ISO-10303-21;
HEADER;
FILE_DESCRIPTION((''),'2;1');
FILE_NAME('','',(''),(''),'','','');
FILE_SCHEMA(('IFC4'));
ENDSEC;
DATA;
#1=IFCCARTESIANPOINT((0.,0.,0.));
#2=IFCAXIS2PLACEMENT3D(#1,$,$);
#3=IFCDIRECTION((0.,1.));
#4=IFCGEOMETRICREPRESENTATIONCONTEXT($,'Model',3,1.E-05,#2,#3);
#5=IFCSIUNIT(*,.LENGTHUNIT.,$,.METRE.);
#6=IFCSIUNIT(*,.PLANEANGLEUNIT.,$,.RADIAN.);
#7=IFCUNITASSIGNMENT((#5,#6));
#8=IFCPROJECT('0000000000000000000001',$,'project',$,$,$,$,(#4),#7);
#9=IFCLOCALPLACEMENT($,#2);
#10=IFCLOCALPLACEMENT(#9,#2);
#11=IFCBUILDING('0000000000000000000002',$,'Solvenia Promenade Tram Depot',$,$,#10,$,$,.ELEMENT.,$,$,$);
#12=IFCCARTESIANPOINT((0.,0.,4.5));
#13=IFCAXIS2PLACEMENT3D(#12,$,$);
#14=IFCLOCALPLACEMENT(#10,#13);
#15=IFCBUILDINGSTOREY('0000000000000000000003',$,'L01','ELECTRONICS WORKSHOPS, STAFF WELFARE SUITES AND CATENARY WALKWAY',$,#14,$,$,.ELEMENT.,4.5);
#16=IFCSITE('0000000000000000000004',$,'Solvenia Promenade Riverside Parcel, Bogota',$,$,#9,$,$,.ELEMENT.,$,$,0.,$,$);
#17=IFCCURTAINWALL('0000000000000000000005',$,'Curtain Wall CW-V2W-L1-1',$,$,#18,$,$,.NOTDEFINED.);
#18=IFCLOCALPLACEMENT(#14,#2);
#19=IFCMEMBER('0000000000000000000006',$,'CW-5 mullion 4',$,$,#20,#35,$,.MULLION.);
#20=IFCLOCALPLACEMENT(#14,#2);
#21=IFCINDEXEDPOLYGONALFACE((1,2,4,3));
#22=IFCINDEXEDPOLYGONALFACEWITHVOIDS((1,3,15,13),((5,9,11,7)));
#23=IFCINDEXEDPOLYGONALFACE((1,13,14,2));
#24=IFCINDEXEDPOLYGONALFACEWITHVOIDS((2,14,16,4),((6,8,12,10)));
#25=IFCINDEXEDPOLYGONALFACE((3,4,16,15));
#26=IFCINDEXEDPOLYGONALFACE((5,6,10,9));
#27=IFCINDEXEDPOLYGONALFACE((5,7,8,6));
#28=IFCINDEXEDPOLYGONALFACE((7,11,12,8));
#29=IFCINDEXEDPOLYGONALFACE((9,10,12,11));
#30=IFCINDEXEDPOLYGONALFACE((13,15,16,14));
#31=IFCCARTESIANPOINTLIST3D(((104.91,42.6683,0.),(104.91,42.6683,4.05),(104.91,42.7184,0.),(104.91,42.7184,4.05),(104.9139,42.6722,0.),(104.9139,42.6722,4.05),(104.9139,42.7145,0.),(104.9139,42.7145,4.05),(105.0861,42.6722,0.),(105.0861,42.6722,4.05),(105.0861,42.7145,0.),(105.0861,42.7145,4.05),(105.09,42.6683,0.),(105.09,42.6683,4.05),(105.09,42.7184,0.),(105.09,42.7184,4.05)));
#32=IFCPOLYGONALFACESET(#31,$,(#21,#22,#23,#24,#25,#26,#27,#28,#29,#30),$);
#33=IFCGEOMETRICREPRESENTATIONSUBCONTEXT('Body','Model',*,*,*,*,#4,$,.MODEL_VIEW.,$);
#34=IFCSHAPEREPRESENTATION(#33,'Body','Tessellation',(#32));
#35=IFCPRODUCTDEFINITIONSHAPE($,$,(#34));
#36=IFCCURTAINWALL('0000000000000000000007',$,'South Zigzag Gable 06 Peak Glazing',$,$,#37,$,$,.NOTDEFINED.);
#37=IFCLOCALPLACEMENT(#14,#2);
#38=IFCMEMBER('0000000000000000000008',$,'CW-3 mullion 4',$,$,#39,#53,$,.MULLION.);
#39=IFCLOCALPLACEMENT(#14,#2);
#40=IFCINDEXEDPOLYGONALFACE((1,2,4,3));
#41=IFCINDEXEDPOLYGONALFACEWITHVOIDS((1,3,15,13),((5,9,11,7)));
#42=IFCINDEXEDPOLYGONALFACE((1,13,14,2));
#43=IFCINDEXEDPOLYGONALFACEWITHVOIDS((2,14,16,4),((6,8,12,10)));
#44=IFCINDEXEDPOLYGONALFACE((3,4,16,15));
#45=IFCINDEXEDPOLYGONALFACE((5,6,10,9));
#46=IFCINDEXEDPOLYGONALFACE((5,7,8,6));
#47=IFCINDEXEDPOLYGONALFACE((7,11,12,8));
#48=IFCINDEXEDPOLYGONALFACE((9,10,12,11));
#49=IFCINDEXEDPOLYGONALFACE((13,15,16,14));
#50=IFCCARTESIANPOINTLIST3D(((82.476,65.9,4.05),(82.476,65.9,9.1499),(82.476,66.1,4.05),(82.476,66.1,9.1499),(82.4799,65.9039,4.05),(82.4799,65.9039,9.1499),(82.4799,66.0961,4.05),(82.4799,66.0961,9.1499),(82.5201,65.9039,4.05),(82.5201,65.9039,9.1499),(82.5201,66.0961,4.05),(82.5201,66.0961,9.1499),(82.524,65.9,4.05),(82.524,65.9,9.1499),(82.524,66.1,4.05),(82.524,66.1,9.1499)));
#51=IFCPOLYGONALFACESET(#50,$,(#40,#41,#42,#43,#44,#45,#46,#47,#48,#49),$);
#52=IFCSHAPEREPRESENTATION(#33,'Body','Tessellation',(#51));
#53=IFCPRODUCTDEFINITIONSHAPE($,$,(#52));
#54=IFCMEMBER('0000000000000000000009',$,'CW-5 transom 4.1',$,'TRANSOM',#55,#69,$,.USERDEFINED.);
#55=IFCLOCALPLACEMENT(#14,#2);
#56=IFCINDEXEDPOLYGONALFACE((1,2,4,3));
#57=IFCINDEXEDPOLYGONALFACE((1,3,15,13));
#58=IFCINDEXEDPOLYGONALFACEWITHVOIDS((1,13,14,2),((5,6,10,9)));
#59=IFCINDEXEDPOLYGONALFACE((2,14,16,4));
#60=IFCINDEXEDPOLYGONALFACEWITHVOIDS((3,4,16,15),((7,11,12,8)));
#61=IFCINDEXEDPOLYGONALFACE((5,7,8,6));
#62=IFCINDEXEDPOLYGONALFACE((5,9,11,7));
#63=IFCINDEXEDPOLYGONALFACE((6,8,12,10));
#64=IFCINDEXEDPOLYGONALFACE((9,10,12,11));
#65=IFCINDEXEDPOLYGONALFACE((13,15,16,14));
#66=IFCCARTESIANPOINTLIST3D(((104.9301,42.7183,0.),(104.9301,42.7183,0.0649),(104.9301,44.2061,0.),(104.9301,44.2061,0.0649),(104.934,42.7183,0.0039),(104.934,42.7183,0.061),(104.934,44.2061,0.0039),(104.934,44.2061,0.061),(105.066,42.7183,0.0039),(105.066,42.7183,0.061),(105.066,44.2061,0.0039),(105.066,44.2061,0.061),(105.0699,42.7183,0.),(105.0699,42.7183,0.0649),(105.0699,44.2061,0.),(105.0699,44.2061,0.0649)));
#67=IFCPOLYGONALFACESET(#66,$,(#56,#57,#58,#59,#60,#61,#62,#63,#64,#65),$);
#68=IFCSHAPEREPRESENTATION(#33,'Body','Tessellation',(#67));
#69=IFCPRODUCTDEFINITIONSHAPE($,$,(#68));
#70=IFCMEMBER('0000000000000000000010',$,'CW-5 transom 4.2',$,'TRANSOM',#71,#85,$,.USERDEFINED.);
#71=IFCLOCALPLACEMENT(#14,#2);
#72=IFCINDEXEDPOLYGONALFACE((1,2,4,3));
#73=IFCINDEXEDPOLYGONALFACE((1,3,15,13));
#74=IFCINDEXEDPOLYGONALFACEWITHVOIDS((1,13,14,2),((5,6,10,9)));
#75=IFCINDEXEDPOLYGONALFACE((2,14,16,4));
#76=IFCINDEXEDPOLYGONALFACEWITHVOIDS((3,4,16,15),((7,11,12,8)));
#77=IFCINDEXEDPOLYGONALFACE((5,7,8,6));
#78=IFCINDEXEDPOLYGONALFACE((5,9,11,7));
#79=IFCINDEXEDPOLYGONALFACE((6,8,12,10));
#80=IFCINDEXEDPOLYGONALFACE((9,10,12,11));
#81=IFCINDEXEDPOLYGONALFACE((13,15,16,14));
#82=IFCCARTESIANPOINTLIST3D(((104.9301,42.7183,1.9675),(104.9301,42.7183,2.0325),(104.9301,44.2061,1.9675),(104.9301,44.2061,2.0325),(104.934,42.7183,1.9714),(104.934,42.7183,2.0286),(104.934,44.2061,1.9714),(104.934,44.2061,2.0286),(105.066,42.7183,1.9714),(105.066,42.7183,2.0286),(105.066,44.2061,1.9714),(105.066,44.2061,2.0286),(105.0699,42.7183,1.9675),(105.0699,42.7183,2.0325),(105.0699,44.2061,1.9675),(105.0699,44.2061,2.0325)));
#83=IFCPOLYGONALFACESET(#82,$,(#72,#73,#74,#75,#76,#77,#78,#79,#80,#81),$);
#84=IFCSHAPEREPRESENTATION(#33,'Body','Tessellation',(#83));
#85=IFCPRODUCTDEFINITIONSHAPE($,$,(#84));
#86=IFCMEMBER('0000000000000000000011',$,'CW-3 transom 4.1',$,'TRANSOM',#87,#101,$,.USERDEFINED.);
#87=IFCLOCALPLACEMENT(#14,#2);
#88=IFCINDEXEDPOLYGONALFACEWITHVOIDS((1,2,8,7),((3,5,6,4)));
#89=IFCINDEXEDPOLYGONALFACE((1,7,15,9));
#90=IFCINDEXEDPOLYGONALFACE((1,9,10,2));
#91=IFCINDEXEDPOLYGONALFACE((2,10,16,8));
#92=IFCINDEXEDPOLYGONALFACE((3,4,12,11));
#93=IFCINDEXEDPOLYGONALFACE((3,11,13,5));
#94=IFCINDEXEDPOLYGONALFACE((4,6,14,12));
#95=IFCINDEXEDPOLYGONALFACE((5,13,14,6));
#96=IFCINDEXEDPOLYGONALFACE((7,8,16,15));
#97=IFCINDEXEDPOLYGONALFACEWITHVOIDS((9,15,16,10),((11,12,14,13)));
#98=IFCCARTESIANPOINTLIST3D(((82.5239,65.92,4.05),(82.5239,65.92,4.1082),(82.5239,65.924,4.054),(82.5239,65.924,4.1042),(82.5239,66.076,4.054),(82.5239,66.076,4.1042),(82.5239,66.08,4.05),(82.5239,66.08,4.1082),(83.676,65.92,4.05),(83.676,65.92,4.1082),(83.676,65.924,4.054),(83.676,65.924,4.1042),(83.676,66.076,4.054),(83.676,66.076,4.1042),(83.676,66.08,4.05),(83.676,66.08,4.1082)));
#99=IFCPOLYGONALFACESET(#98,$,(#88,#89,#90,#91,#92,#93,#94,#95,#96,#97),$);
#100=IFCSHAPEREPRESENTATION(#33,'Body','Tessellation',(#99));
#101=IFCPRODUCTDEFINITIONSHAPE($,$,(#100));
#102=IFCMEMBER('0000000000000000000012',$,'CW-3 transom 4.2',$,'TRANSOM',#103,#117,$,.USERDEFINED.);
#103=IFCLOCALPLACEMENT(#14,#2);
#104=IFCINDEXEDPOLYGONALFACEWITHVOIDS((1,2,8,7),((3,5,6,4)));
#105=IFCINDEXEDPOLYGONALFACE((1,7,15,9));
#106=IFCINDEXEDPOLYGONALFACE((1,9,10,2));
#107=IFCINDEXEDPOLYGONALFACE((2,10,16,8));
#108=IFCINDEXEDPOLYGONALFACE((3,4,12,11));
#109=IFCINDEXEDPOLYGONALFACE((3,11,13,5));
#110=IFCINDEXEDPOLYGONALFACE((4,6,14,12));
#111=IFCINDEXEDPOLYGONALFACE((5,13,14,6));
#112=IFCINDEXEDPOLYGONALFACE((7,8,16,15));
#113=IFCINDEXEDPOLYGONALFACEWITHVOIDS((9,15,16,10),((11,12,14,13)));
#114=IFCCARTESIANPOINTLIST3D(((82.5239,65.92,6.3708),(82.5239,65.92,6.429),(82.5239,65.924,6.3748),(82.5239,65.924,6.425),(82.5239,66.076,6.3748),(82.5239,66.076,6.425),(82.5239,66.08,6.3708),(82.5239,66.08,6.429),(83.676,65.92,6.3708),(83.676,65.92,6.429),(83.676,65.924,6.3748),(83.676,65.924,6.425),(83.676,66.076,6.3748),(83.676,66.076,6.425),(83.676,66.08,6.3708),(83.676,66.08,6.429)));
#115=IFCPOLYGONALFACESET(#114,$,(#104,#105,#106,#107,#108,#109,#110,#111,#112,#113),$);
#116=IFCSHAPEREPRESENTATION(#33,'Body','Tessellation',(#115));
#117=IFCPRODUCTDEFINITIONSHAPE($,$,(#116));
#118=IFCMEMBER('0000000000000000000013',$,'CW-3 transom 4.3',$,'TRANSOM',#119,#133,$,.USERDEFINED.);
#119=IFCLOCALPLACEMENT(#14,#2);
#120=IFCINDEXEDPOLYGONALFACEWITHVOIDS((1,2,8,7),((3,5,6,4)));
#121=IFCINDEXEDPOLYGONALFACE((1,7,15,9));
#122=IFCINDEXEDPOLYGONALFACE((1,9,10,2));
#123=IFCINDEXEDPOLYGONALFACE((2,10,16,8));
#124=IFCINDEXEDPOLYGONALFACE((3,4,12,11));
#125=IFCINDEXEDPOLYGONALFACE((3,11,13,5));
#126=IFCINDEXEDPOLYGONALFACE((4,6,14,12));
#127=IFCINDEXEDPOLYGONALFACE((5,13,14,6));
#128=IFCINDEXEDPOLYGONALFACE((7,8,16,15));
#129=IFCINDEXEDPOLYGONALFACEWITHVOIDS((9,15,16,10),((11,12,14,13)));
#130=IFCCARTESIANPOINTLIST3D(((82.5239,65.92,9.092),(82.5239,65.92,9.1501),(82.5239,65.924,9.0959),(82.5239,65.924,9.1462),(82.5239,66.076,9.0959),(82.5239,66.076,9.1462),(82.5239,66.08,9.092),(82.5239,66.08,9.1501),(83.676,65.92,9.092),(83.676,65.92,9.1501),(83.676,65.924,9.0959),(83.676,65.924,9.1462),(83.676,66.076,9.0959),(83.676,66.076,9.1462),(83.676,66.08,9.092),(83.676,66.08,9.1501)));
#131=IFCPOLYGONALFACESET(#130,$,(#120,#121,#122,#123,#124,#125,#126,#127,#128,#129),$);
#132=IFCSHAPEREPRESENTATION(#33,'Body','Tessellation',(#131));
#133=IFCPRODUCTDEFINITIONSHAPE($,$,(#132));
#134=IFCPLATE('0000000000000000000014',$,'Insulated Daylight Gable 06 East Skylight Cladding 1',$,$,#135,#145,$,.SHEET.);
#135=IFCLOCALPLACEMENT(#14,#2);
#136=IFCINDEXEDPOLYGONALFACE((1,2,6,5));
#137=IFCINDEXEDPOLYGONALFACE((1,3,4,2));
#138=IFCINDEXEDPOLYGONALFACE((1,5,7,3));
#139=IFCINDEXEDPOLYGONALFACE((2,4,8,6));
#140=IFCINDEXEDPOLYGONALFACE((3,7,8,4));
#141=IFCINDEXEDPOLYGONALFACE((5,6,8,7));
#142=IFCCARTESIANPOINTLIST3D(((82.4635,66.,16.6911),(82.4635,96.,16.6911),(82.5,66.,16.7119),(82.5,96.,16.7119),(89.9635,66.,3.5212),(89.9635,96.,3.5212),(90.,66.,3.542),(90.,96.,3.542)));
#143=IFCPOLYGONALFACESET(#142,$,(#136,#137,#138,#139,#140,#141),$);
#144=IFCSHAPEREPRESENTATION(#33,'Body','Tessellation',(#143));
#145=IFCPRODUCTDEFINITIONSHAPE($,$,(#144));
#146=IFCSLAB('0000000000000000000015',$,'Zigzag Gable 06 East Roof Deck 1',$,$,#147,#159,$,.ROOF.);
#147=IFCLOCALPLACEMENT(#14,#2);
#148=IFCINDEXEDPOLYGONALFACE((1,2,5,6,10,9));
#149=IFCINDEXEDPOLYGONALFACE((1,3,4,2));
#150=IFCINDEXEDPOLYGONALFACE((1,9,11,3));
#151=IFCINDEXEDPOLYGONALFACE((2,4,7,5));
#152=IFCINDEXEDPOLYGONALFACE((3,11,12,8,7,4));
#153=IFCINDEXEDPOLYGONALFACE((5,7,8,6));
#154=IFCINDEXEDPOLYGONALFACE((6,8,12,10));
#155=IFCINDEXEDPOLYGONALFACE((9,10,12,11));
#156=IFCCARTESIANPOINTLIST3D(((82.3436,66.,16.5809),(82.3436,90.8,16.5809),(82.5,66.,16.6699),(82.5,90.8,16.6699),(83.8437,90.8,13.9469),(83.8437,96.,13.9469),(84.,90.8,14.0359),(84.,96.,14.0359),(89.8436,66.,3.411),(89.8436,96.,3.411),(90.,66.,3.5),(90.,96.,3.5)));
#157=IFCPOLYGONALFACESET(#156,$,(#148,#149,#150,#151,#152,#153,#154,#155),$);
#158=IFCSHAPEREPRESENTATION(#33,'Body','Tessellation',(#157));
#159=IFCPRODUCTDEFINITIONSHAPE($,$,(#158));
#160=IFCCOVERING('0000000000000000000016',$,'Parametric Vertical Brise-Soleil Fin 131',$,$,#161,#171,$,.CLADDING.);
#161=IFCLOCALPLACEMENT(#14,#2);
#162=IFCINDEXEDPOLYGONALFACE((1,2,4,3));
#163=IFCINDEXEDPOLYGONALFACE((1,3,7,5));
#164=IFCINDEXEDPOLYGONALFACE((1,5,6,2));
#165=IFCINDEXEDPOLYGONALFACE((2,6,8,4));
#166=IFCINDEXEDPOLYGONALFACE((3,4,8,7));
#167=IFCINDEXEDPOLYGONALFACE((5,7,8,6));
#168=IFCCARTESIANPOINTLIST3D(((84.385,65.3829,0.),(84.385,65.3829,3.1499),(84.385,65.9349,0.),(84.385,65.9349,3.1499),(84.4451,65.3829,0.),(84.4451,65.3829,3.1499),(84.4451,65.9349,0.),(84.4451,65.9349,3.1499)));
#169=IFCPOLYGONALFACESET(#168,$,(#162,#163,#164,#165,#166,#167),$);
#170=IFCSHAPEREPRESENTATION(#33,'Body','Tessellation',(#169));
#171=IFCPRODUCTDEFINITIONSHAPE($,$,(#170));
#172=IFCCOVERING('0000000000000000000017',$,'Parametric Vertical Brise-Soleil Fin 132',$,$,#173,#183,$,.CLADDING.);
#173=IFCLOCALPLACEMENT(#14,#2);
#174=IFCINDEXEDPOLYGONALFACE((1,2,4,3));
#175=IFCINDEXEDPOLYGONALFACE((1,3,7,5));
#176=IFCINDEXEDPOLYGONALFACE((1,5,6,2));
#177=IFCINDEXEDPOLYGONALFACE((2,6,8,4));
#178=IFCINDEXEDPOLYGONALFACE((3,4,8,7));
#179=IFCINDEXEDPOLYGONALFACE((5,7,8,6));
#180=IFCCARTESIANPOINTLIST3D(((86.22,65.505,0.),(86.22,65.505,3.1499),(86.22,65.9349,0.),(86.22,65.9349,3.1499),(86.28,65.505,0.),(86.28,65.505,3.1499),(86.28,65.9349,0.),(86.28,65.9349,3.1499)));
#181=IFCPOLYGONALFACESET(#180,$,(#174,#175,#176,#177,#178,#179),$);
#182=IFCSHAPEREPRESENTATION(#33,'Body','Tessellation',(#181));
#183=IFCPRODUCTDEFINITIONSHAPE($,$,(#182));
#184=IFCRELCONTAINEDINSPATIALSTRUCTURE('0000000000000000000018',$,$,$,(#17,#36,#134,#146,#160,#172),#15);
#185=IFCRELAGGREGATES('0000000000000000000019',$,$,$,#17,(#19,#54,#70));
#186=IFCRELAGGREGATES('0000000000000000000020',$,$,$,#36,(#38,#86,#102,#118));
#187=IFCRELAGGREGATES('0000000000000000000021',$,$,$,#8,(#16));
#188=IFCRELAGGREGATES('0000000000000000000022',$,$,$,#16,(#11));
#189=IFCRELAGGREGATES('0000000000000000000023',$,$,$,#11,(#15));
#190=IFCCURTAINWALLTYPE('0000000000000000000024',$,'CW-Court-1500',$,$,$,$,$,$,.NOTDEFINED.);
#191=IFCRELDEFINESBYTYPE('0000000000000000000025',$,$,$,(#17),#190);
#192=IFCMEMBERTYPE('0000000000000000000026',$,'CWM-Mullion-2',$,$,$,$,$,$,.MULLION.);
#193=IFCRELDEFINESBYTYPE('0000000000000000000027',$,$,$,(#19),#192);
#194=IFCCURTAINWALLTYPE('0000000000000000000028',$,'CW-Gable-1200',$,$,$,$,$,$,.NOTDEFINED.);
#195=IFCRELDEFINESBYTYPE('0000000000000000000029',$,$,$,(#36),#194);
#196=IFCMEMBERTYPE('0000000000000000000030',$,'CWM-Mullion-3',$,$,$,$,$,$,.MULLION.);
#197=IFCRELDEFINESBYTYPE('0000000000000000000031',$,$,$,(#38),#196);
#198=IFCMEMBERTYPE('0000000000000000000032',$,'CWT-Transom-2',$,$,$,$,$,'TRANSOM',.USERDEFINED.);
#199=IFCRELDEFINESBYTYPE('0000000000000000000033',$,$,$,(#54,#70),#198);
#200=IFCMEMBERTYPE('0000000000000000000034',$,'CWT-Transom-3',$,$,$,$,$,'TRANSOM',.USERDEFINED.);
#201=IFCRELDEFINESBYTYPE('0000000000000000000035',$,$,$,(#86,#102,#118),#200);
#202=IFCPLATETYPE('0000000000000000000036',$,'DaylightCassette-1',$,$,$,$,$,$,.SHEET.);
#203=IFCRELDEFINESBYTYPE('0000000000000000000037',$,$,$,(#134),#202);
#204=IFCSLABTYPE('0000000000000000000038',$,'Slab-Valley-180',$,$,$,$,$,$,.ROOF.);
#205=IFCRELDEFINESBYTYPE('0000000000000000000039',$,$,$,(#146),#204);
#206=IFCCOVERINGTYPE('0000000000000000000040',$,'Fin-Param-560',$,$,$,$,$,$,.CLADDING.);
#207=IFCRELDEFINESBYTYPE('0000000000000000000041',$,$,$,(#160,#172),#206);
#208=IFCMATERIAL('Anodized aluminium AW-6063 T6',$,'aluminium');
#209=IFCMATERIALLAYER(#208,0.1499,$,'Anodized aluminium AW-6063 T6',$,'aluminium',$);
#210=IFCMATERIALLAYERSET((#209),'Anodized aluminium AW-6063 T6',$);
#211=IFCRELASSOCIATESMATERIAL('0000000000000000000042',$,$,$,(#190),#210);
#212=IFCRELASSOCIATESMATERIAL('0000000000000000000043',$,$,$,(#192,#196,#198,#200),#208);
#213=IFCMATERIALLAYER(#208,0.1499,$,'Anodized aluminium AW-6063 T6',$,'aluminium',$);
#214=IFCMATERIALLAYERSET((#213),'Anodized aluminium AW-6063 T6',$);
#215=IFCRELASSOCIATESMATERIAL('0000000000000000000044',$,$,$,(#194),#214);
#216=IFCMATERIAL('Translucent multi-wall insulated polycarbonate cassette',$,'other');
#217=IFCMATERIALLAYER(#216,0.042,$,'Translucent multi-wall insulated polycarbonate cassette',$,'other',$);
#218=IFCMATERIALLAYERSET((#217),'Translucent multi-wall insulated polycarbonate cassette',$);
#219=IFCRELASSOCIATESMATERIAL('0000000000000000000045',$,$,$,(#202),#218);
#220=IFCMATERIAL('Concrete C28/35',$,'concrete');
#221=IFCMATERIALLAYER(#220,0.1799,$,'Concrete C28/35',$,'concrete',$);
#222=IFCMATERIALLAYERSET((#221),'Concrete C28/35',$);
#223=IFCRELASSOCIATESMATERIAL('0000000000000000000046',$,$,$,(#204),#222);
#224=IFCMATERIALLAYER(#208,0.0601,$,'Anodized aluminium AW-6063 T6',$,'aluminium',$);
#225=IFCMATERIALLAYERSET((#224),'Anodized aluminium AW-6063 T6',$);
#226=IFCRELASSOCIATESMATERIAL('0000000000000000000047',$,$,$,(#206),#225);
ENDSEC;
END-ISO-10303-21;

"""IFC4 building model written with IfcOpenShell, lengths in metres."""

from ifc_helpers import new_model, si_unit, direction, frame, origin, origin_2d, place, context, subcontext, project, spatial, polyline, rectangle, hollow_rectangle, outline, extrude, material, layer, layer_set, material_profile, profile_set, type_object, element, aggregate, save


model = new_model("IFC4")

# Units and contexts
model_context = context("Model", 3, precision=1e-05, world=origin(), true_north=direction((0.0, 1.0)))
body_context = subcontext(model_context, "Body", "Model", "MODEL_VIEW")
ifc_project = project(units=[si_unit("LENGTHUNIT", "METRE"), si_unit("PLANEANGLEUNIT", "RADIAN")], contexts=[model_context])

# Site, building, storey
site_placement = place(None, origin())
site = spatial("IfcSite", under=ifc_project, at=site_placement, Name="Solvenia Promenade Riverside Parcel, Bogota", CompositionType="ELEMENT", RefElevation=0.0)
building_placement = place(site_placement, origin())
building = spatial("IfcBuilding", under=site, at=building_placement, Name="Solvenia Promenade Tram Depot", CompositionType="ELEMENT")
storey_placement = place(building_placement, frame((0.0, 0.0, 4.5)))
storey = spatial("IfcBuildingStorey", under=building, at=storey_placement, Name="L01", Description="ELECTRONICS WORKSHOPS, STAFF WELFARE SUITES AND CATENARY WALKWAY", CompositionType="ELEMENT", Elevation=4.5)

# Curtain walls, members
ifc_material_1 = material(Name="Anodized aluminium AW-6063 T6", Category="aluminium")
ifc_layer_1 = layer(ifc_material_1, 0.1499, Name="Anodized aluminium AW-6063 T6", Category="aluminium")
ifc_layer_set_1 = layer_set([ifc_layer_1], Name="Anodized aluminium AW-6063 T6")
curtain_wall_type_1 = type_object("IfcCurtainWallType", Name="CW-Court-1500", PredefinedType="NOTDEFINED", material=ifc_layer_set_1)
curtain_wall_1_placement = place(storey_placement, origin())
curtain_wall_1 = element("IfcCurtainWall", 1, at=curtain_wall_1_placement, inside=storey, type_object=curtain_wall_type_1, Name="Curtain Wall CW-V2W-L1-1", PredefinedType="NOTDEFINED")
ifc_material_profile_1 = material_profile(ifc_material_1, hollow_rectangle(XDim=0.1799, YDim=0.05, WallThickness=0.0039, at=origin_2d()), Name="ALU-M2", Category="aluminium")
ifc_profile_set_1 = profile_set([ifc_material_profile_1], Name="Anodized aluminium AW-6063 T6")
member_type_1 = type_object("IfcMemberType", Name="CWM-Mullion-2", PredefinedType="MULLION", material=ifc_profile_set_1)
member_1_placement = place(storey_placement, frame((105.0, 42.6934, 0.0), z_axis=(0.0, 0.0, 1.0), x_axis=(-1.0, 0.0, 0.0)))
member_1 = element("IfcMember", 2, at=member_1_placement, type_object=member_type_1, Name="CW-5 mullion 4", PredefinedType="MULLION", context=body_context, shape_type="SweptSolid", body=[
    extrude(hollow_rectangle(XDim=0.1799, YDim=0.05, WallThickness=0.0039, at=origin_2d()), origin(), (0.0, 0.0, 1.0), 4.05),
])
ifc_layer_2 = layer(ifc_material_1, 0.1499, Name="Anodized aluminium AW-6063 T6", Category="aluminium")
ifc_layer_set_2 = layer_set([ifc_layer_2], Name="Anodized aluminium AW-6063 T6")
curtain_wall_type_2 = type_object("IfcCurtainWallType", Name="CW-Gable-1200", PredefinedType="NOTDEFINED", material=ifc_layer_set_2)
curtain_wall_2_placement = place(storey_placement, origin())
curtain_wall_2 = element("IfcCurtainWall", 3, at=curtain_wall_2_placement, inside=storey, type_object=curtain_wall_type_2, Name="South Zigzag Gable 06 Peak Glazing", PredefinedType="NOTDEFINED")
ifc_material_profile_2 = material_profile(ifc_material_1, hollow_rectangle(XDim=0.2, YDim=0.0481, WallThickness=0.0039, at=origin_2d()), Name="ALU-M3", Category="aluminium")
ifc_profile_set_2 = profile_set([ifc_material_profile_2], Name="Anodized aluminium AW-6063 T6")
member_type_2 = type_object("IfcMemberType", Name="CWM-Mullion-3", PredefinedType="MULLION", material=ifc_profile_set_2)
member_2_placement = place(storey_placement, frame((82.5, 66.0, 4.05), z_axis=(0.0, 0.0, 1.0), x_axis=(0.0, 1.0, 0.0)))
member_2 = element("IfcMember", 4, at=member_2_placement, type_object=member_type_2, Name="CW-3 mullion 4", PredefinedType="MULLION", context=body_context, shape_type="SweptSolid", body=[
    extrude(hollow_rectangle(XDim=0.2, YDim=0.0481, WallThickness=0.0039, at=origin_2d()), origin(), (0.0, 0.0, 1.0), 5.0999),
])

# Members
ifc_material_profile_3 = material_profile(ifc_material_1, hollow_rectangle(XDim=0.1399, YDim=0.0649, WallThickness=0.0039, at=origin_2d()), Name="ALU-T2", Category="aluminium")
ifc_profile_set_3 = profile_set([ifc_material_profile_3], Name="Anodized aluminium AW-6063 T6")
member_type_3 = type_object("IfcMemberType", Name="CWT-Transom-2", ElementType="TRANSOM", PredefinedType="USERDEFINED", material=ifc_profile_set_3)
member_3_placement = place(storey_placement, frame((105.0, 42.7183, 0.0325), z_axis=(0.0, 1.0, 0.0), x_axis=(-1.0, 0.0, 0.0)))
member_3 = element("IfcMember", 5, at=member_3_placement, type_object=member_type_3, Name="CW-5 transom 4.1", ObjectType="TRANSOM", PredefinedType="USERDEFINED", context=body_context, shape_type="SweptSolid", body=[
    extrude(hollow_rectangle(XDim=0.1399, YDim=0.0649, WallThickness=0.0039, at=origin_2d()), origin(), (0.0, 0.0, 1.0), 1.4878),
])
member_4_placement = place(storey_placement, frame((105.0, 42.7183, 2.0), z_axis=(0.0, 1.0, 0.0), x_axis=(-1.0, 0.0, 0.0)))
member_4 = element("IfcMember", 6, at=member_4_placement, type_object=member_type_3, Name="CW-5 transom 4.2", ObjectType="TRANSOM", PredefinedType="USERDEFINED", context=body_context, shape_type="SweptSolid", body=[
    extrude(hollow_rectangle(XDim=0.1399, YDim=0.0649, WallThickness=0.0039, at=origin_2d()), origin(), (0.0, 0.0, 1.0), 1.4878),
])
aggregate(curtain_wall_1, [member_1, member_3, member_4])
ifc_material_profile_4 = material_profile(ifc_material_1, hollow_rectangle(XDim=0.1599, YDim=0.0581, WallThickness=0.0039, at=origin_2d()), Name="ALU-T3", Category="aluminium")
ifc_profile_set_4 = profile_set([ifc_material_profile_4], Name="Anodized aluminium AW-6063 T6")
member_type_4 = type_object("IfcMemberType", Name="CWT-Transom-3", ElementType="TRANSOM", PredefinedType="USERDEFINED", material=ifc_profile_set_4)
member_5_placement = place(storey_placement, frame((82.5239, 66.0, 4.0791), z_axis=(1.0, 0.0, 0.0), x_axis=(0.0, 1.0, 0.0)))
member_5 = element("IfcMember", 7, at=member_5_placement, type_object=member_type_4, Name="CW-3 transom 4.1", ObjectType="TRANSOM", PredefinedType="USERDEFINED", context=body_context, shape_type="SweptSolid", body=[
    extrude(hollow_rectangle(XDim=0.1599, YDim=0.0581, WallThickness=0.0039, at=origin_2d()), origin(), (0.0, 0.0, 1.0), 1.1521),
])
member_6_placement = place(storey_placement, frame((82.5239, 66.0, 6.3999), z_axis=(1.0, 0.0, 0.0), x_axis=(0.0, 1.0, 0.0)))
member_6 = element("IfcMember", 8, at=member_6_placement, type_object=member_type_4, Name="CW-3 transom 4.2", ObjectType="TRANSOM", PredefinedType="USERDEFINED", context=body_context, shape_type="SweptSolid", body=[
    extrude(hollow_rectangle(XDim=0.1599, YDim=0.0581, WallThickness=0.0039, at=origin_2d()), origin(), (0.0, 0.0, 1.0), 1.1521),
])
member_7_placement = place(storey_placement, frame((82.5239, 66.0, 9.1211), z_axis=(1.0, 0.0, 0.0), x_axis=(0.0, 1.0, 0.0)))
member_7 = element("IfcMember", 9, at=member_7_placement, type_object=member_type_4, Name="CW-3 transom 4.3", ObjectType="TRANSOM", PredefinedType="USERDEFINED", context=body_context, shape_type="SweptSolid", body=[
    extrude(hollow_rectangle(XDim=0.1599, YDim=0.0581, WallThickness=0.0039, at=origin_2d()), origin(), (0.0, 0.0, 1.0), 1.1521),
])
aggregate(curtain_wall_2, [member_2, member_5, member_6, member_7])

# Plate
ifc_material_2 = material(Name="Translucent multi-wall insulated polycarbonate cassette", Category="other")
ifc_layer_3 = layer(ifc_material_2, 0.042, Name="Translucent multi-wall insulated polycarbonate cassette", Category="other")
ifc_layer_set_3 = layer_set([ifc_layer_3], Name="Translucent multi-wall insulated polycarbonate cassette")
plate_type = type_object("IfcPlateType", Name="DaylightCassette-1", PredefinedType="SHEET", material=ifc_layer_set_3)
plate_placement = place(storey_placement, frame((82.5, 66.0, 16.7119), z_axis=(0.868972, 0.0, 0.494862), x_axis=(0.0, 1.0, 0.0)))
element("IfcPlate", 10, at=plate_placement, inside=storey, type_object=plate_type, Name="Insulated Daylight Gable 06 East Skylight Cladding 1", PredefinedType="SHEET", context=body_context, shape_type="SweptSolid", body=[
    extrude(outline(polyline([(0.0, 0.0), (30.0, 0.0), (30.0, -15.1558), (0.0, -15.1558), (0.0, 0.0)])), origin(), (0.0, 0.0, -1.0), 0.042),
])

# Slab
ifc_material_3 = material(Name="Concrete C28/35", Category="concrete")
ifc_layer_4 = layer(ifc_material_3, 0.1799, Name="Concrete C28/35", Category="concrete")
ifc_layer_set_4 = layer_set([ifc_layer_4], Name="Concrete C28/35")
slab_type = type_object("IfcSlabType", Name="Slab-Valley-180", PredefinedType="ROOF", material=ifc_layer_set_4)
slab_placement = place(storey_placement, frame((82.5, 66.0, 16.6699), z_axis=(0.868972, 0.0, 0.494862), x_axis=(0.0, 1.0, 0.0)))
element("IfcSlab", 11, at=slab_placement, inside=storey, type_object=slab_type, Name="Zigzag Gable 06 East Roof Deck 1", PredefinedType="ROOF", context=body_context, shape_type="SweptSolid", body=[
    extrude(outline(polyline([(0.0, 0.0), (24.8, 0.0), (24.8, -3.0312), (30.0, -3.0312), (30.0, -15.1558), (0.0, -15.1558), (0.0, 0.0)])), origin(), (0.0, 0.0, -1.0), 0.1799),
])

# Coverings
ifc_layer_5 = layer(ifc_material_1, 0.0601, Name="Anodized aluminium AW-6063 T6", Category="aluminium")
ifc_layer_set_5 = layer_set([ifc_layer_5], Name="Anodized aluminium AW-6063 T6")
covering_type = type_object("IfcCoveringType", Name="Fin-Param-560", PredefinedType="CLADDING", material=ifc_layer_set_5)
covering_1_placement = place(storey_placement, frame((84.415, 65.6589, 0.0), z_axis=(0.0, 0.0, 1.0), x_axis=(1.0, 0.0, 0.0)))
element("IfcCovering", 12, at=covering_1_placement, inside=storey, type_object=covering_type, Name="Parametric Vertical Brise-Soleil Fin 131", PredefinedType="CLADDING", context=body_context, shape_type="SweptSolid", body=[
    extrude(rectangle(XDim=0.0601, YDim=0.552, at=origin_2d()), origin(), (0.0, 0.0, 1.0), 3.1499),
])
covering_2_placement = place(storey_placement, frame((86.25, 65.72, 0.0), z_axis=(0.0, 0.0, 1.0), x_axis=(1.0, 0.0, 0.0)))
element("IfcCovering", 13, at=covering_2_placement, inside=storey, type_object=covering_type, Name="Parametric Vertical Brise-Soleil Fin 132", PredefinedType="CLADDING", context=body_context, shape_type="SweptSolid", body=[
    extrude(rectangle(XDim=0.0601, YDim=0.4299, at=origin_2d()), origin(), (0.0, 0.0, 1.0), 3.1499),
])

save(model, "model.ifc")
